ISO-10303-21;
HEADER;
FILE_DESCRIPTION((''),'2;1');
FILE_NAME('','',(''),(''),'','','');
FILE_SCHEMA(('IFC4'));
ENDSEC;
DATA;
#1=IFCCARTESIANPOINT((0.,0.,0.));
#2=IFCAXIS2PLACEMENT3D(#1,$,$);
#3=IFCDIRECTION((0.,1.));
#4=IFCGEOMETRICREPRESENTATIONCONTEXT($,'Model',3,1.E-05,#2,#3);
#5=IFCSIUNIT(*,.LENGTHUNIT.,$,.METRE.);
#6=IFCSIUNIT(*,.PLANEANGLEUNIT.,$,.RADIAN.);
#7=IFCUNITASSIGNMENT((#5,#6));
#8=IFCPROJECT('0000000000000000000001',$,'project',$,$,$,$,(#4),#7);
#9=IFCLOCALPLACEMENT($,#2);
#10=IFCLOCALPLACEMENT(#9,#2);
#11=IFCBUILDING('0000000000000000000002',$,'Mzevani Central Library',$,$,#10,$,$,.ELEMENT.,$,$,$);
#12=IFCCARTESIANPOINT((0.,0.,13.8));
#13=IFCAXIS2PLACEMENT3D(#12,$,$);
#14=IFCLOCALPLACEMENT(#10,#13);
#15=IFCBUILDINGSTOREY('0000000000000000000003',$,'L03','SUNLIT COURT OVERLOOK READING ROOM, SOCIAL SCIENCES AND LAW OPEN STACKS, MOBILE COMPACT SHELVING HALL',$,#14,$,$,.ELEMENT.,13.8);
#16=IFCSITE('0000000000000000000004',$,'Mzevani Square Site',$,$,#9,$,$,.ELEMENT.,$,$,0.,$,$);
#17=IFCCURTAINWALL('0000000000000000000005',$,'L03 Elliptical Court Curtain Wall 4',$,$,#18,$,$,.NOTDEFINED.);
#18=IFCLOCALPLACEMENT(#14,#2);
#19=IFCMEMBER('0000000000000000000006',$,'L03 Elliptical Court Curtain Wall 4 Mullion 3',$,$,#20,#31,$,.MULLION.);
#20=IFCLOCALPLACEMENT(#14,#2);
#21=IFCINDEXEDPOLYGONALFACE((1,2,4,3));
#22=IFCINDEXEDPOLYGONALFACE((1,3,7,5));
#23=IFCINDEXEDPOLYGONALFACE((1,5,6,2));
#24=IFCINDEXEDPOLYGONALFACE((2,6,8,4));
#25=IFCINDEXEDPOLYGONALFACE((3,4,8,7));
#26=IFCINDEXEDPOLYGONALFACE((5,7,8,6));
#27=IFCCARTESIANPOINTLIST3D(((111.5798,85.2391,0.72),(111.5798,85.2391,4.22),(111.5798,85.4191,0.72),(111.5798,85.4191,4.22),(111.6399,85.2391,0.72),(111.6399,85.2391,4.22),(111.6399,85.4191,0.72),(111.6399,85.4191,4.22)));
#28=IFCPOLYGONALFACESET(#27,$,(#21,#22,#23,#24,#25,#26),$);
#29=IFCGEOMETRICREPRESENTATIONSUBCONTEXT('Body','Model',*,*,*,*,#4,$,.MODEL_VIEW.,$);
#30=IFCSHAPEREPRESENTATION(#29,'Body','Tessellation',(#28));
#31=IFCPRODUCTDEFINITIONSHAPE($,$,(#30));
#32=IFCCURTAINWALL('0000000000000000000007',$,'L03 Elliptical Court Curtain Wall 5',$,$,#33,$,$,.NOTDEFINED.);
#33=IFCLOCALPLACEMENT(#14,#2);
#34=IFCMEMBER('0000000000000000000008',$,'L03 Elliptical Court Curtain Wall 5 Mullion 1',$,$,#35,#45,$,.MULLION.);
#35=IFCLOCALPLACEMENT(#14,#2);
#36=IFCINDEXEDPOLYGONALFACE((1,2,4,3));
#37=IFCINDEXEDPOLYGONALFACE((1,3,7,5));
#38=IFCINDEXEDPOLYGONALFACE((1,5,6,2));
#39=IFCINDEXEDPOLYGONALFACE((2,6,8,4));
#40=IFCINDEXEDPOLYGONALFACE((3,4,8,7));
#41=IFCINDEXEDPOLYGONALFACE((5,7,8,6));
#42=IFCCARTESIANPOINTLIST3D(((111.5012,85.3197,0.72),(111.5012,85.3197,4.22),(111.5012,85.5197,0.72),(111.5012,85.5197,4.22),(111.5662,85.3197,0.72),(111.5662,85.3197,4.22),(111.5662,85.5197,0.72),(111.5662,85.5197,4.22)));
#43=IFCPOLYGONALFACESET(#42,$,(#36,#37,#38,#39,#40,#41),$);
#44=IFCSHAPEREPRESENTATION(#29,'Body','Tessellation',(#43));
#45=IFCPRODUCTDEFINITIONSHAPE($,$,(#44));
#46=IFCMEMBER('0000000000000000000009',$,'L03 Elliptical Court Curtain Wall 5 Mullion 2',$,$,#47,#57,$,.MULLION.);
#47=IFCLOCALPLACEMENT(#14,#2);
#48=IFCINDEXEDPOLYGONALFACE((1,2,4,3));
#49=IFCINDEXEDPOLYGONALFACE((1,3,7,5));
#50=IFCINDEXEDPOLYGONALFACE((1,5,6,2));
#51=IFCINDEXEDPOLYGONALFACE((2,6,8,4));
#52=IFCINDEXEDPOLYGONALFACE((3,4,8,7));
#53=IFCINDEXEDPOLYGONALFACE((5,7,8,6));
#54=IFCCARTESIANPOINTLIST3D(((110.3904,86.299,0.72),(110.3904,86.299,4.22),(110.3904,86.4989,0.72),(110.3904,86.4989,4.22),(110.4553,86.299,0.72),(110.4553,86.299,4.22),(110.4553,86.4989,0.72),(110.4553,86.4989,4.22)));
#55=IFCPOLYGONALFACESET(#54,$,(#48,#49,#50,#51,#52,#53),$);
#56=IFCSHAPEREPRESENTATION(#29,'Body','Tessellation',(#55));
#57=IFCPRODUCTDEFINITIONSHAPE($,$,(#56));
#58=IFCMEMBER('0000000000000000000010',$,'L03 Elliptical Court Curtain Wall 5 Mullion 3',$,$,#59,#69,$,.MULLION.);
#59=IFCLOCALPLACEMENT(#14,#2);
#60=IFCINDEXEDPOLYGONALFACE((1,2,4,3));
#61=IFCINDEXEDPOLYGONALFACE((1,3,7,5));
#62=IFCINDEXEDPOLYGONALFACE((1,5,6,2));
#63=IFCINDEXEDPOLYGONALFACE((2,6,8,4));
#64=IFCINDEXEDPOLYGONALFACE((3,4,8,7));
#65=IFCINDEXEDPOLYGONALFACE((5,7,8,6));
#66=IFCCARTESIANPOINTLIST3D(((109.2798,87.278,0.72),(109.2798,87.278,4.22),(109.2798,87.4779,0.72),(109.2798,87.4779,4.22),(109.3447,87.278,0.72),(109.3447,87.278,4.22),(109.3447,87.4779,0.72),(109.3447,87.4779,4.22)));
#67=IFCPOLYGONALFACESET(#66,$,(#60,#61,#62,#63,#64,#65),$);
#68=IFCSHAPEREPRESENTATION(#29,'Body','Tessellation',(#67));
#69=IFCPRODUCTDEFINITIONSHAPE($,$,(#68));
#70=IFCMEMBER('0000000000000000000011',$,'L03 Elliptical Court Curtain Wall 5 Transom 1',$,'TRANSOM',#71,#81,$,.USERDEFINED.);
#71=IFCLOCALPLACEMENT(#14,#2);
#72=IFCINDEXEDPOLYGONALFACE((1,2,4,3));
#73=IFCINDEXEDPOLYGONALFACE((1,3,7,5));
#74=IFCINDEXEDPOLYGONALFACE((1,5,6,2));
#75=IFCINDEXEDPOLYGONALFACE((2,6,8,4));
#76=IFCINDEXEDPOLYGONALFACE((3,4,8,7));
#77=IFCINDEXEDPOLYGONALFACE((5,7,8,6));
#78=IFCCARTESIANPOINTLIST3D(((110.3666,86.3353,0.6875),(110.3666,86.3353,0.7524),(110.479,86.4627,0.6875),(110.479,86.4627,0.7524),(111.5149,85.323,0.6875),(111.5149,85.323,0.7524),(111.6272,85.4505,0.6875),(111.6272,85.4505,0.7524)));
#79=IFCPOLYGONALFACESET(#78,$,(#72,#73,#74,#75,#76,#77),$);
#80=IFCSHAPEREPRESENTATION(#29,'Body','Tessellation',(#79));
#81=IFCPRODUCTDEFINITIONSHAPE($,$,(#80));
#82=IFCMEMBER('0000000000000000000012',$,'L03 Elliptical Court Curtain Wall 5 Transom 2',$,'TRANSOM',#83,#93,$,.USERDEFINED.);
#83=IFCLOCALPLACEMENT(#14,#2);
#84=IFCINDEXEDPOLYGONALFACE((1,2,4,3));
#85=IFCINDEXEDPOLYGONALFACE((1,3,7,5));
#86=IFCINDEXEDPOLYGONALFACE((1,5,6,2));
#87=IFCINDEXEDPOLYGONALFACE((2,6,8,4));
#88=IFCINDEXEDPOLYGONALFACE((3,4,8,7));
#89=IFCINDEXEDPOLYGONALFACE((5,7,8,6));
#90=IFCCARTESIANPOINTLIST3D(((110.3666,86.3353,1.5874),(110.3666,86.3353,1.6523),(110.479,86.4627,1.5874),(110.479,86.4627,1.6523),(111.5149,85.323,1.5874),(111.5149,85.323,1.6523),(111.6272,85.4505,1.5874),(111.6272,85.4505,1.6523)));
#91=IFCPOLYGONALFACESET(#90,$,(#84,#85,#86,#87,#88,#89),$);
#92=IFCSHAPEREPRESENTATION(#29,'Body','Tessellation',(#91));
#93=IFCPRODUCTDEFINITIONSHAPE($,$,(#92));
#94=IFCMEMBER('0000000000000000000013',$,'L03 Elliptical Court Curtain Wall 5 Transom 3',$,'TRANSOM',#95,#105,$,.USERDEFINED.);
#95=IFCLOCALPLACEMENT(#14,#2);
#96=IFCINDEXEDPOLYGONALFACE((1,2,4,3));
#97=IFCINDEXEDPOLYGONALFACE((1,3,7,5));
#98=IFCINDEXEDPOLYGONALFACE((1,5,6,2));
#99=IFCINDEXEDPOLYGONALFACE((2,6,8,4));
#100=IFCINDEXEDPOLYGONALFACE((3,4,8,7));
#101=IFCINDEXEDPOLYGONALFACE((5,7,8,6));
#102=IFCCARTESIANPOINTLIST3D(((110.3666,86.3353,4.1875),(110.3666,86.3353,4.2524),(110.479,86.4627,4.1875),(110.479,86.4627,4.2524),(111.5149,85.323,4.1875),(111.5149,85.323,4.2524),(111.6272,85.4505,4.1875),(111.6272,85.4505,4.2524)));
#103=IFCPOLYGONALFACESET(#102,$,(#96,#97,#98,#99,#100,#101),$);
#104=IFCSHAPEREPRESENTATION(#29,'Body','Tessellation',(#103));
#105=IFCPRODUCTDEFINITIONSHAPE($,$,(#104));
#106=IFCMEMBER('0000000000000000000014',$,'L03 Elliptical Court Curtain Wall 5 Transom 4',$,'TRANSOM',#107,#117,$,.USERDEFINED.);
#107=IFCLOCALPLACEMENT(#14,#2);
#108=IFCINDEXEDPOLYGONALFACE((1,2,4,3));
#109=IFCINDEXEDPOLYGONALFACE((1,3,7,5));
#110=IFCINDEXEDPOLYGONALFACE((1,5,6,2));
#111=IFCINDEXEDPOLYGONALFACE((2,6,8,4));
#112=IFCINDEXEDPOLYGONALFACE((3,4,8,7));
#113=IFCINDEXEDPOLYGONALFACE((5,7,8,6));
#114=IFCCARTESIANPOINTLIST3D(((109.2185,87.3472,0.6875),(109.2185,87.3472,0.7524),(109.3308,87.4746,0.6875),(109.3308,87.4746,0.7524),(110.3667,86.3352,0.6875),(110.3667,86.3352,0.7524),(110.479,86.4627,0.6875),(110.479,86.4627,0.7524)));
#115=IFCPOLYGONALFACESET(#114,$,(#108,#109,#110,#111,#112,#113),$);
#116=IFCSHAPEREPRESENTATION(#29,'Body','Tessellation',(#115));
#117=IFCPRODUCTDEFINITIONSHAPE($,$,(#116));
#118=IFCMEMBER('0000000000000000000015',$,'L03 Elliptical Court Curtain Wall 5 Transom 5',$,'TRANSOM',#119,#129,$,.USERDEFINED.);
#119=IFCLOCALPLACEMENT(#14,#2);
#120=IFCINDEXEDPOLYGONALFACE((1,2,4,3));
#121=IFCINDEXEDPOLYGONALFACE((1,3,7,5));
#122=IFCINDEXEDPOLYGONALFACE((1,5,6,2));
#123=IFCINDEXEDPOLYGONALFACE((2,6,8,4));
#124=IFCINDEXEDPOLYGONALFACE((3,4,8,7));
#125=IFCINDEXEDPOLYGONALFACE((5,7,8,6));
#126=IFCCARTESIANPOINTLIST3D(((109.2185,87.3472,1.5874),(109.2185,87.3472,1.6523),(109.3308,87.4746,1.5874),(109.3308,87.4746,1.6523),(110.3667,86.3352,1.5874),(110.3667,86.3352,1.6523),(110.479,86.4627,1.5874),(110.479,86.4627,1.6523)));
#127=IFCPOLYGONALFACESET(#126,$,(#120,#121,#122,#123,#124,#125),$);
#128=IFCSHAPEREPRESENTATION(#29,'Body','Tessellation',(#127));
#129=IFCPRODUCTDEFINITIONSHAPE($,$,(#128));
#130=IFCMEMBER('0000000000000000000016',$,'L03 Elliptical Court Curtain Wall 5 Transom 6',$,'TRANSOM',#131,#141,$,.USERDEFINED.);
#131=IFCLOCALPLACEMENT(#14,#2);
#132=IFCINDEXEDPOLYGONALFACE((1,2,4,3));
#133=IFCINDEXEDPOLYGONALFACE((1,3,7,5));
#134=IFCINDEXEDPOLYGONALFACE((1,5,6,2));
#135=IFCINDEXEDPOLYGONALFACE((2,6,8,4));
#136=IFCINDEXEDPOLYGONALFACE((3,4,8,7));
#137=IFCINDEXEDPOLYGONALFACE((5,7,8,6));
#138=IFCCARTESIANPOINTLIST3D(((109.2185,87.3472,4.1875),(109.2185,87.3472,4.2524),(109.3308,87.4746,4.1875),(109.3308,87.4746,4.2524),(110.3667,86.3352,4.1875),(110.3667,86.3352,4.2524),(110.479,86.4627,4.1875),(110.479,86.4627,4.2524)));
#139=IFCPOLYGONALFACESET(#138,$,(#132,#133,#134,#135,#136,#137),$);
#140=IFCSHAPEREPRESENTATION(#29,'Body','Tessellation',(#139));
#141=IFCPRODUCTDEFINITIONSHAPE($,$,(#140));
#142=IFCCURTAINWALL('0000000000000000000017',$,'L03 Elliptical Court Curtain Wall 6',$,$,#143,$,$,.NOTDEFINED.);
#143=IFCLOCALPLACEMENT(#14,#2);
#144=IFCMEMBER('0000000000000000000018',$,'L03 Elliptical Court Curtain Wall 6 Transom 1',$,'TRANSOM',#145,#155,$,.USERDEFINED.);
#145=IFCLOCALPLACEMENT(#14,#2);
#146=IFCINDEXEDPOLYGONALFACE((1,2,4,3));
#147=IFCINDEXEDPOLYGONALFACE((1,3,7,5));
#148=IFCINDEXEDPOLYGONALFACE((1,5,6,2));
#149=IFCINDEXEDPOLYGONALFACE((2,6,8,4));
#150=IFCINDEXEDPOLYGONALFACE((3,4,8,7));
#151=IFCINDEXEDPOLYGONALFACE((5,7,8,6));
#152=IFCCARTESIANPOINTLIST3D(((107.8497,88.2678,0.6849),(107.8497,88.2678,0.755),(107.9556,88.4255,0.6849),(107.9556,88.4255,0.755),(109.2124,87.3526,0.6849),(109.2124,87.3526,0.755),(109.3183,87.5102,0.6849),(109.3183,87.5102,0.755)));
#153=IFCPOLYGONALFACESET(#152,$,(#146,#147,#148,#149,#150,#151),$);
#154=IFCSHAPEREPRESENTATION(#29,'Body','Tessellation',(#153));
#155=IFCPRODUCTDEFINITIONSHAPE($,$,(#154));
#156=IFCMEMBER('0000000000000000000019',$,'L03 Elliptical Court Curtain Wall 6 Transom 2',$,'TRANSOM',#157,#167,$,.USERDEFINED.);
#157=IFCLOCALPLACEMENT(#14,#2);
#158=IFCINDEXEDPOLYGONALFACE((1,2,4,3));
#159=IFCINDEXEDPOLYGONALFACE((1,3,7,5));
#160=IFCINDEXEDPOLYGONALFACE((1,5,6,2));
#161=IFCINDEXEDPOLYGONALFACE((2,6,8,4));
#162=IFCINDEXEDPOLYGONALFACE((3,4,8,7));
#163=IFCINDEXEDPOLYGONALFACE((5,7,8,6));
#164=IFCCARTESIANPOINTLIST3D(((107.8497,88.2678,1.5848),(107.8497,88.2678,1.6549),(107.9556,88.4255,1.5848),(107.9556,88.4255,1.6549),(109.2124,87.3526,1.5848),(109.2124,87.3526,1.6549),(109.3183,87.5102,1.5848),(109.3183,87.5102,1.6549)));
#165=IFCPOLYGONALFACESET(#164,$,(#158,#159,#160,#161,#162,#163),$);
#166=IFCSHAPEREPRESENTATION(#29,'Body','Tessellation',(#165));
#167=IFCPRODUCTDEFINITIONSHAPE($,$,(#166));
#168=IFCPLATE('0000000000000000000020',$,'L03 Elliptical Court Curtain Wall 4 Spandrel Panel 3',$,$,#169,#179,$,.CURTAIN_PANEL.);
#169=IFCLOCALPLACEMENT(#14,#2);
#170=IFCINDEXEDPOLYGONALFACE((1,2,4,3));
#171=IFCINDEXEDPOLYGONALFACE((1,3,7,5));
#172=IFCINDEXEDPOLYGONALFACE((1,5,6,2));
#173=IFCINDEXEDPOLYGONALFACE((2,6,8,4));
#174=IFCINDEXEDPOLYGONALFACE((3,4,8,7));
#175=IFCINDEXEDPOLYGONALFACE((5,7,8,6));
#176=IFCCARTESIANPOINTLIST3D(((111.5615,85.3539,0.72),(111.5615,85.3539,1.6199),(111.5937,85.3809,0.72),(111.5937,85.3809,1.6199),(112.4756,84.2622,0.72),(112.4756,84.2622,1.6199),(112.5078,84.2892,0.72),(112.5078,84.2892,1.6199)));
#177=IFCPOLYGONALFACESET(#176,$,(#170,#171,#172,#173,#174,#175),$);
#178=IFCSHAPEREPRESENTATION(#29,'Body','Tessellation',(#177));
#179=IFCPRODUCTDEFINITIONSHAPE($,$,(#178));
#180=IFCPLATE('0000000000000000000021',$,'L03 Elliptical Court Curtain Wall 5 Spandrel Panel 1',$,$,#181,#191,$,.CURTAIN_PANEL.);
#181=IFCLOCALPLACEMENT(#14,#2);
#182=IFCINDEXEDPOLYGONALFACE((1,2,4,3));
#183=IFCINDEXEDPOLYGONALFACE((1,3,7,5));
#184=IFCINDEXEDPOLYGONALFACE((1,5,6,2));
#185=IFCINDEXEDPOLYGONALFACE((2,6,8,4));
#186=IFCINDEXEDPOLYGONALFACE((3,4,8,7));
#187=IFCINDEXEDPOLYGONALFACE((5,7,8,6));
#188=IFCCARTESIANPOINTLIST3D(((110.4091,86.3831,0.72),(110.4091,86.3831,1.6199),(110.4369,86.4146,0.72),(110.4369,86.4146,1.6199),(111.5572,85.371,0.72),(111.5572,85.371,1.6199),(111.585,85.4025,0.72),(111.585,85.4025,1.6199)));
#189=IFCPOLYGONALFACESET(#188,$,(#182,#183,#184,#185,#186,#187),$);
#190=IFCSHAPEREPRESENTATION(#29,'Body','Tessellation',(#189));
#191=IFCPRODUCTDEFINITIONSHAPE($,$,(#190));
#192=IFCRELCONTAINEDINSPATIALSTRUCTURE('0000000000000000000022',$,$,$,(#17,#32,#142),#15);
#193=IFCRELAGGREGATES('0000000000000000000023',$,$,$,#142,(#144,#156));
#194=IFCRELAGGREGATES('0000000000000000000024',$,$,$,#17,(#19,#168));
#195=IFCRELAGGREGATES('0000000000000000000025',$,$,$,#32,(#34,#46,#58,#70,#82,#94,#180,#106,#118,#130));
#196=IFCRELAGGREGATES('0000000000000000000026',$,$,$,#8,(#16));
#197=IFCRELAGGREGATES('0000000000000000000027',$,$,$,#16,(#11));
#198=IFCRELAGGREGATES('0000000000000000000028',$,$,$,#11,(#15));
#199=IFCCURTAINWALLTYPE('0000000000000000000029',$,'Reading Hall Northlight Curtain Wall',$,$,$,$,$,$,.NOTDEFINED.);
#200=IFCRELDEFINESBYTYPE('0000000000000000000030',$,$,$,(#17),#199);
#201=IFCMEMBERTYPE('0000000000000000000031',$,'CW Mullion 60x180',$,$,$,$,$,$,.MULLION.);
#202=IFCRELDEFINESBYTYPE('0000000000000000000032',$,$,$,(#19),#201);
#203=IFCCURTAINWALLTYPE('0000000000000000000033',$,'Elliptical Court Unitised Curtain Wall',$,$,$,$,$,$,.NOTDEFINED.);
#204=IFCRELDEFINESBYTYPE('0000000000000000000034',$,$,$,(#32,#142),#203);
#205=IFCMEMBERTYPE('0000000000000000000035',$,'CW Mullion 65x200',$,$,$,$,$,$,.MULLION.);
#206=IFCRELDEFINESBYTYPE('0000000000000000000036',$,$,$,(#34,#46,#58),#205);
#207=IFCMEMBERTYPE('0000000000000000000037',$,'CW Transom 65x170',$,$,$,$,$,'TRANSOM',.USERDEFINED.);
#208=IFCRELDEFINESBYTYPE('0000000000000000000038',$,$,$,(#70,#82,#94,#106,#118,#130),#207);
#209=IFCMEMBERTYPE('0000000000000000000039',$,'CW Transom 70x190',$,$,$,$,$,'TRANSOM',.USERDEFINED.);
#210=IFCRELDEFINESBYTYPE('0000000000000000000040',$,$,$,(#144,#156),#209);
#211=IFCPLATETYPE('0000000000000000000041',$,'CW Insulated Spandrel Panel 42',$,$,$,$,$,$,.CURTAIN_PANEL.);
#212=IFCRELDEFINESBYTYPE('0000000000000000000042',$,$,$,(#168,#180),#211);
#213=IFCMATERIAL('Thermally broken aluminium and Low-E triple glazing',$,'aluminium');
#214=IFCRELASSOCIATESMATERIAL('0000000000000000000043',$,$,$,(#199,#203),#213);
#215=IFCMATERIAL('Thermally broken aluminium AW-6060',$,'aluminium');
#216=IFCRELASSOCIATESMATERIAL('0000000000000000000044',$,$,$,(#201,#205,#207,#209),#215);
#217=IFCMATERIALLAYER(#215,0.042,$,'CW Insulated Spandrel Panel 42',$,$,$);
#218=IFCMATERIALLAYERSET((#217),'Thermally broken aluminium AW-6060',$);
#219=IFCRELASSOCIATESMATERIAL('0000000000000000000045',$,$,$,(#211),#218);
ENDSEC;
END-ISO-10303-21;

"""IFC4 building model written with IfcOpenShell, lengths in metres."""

from ifc_helpers import new_model, si_unit, direction, frame, origin, origin_2d, place, context, subcontext, project, spatial, rectangle, extrude, material, layer, layer_set, material_profile, profile_set, type_object, element, aggregate, save


model = new_model("IFC4")

# Units and contexts
model_context = context("Model", 3, precision=1e-05, world=origin(), true_north=direction((0.0, 1.0)))
body_context = subcontext(model_context, "Body", "Model", "MODEL_VIEW")
ifc_project = project(units=[si_unit("LENGTHUNIT", "METRE"), si_unit("PLANEANGLEUNIT", "RADIAN")], contexts=[model_context])

# Site, building, storey
site_placement = place(None, origin())
site = spatial("IfcSite", under=ifc_project, at=site_placement, Name="Mzevani Square Site", CompositionType="ELEMENT", RefElevation=0.0)
building_placement = place(site_placement, origin())
building = spatial("IfcBuilding", under=site, at=building_placement, Name="Mzevani Central Library", CompositionType="ELEMENT")
storey_placement = place(building_placement, frame((0.0, 0.0, 13.8)))
storey = spatial("IfcBuildingStorey", under=building, at=storey_placement, Name="L03", Description="SUNLIT COURT OVERLOOK READING ROOM, SOCIAL SCIENCES AND LAW OPEN STACKS, MOBILE COMPACT SHELVING HALL", CompositionType="ELEMENT", Elevation=13.8)

# Curtain wall, member
ifc_material_1 = material(Name="Thermally broken aluminium and Low-E triple glazing", Category="aluminium")
curtain_wall_type_1 = type_object("IfcCurtainWallType", Name="Reading Hall Northlight Curtain Wall", PredefinedType="NOTDEFINED", material=ifc_material_1)
curtain_wall_1_placement = place(storey_placement, origin())
curtain_wall_1 = element("IfcCurtainWall", 1, at=curtain_wall_1_placement, inside=storey, type_object=curtain_wall_type_1, Name="L03 Elliptical Court Curtain Wall 4", PredefinedType="NOTDEFINED")
ifc_material_2 = material(Name="Thermally broken aluminium AW-6060", Category="aluminium")
ifc_material_profile_1 = material_profile(ifc_material_2, rectangle(XDim=0.0601, YDim=0.1799, at=origin_2d()), Name="ALU M60x180")
ifc_profile_set_1 = profile_set([ifc_material_profile_1], Name="Thermally broken aluminium AW-6060")
member_type_1 = type_object("IfcMemberType", Name="CW Mullion 60x180", PredefinedType="MULLION", material=ifc_profile_set_1)
member_1_placement = place(storey_placement, frame((111.6099, 85.3291, 0.72), z_axis=(0.0, 0.0, 1.0), x_axis=(1.0, 0.0, 0.0)))
member_1 = element("IfcMember", 2, at=member_1_placement, type_object=member_type_1, Name="L03 Elliptical Court Curtain Wall 4 Mullion 3", PredefinedType="MULLION", context=body_context, shape_type="SweptSolid", body=[
    extrude(rectangle(XDim=0.0601, YDim=0.1799, at=origin_2d()), origin(), (0.0, 0.0, 1.0), 3.5),
])

# Curtain walls, members
curtain_wall_type_2 = type_object("IfcCurtainWallType", Name="Elliptical Court Unitised Curtain Wall", PredefinedType="NOTDEFINED", material=ifc_material_1)
curtain_wall_2_placement = place(storey_placement, origin())
curtain_wall_2 = element("IfcCurtainWall", 3, at=curtain_wall_2_placement, inside=storey, type_object=curtain_wall_type_2, Name="L03 Elliptical Court Curtain Wall 5", PredefinedType="NOTDEFINED")
ifc_material_profile_2 = material_profile(ifc_material_2, rectangle(XDim=0.0649, YDim=0.2, at=origin_2d()), Name="ALU M65x200")
ifc_profile_set_2 = profile_set([ifc_material_profile_2], Name="Thermally broken aluminium AW-6060")
member_type_2 = type_object("IfcMemberType", Name="CW Mullion 65x200", PredefinedType="MULLION", material=ifc_profile_set_2)
member_2_placement = place(storey_placement, frame((111.5337, 85.4197, 0.72), z_axis=(0.0, 0.0, 1.0), x_axis=(1.0, 0.0, 0.0)))
member_2 = element("IfcMember", 4, at=member_2_placement, type_object=member_type_2, Name="L03 Elliptical Court Curtain Wall 5 Mullion 1", PredefinedType="MULLION", context=body_context, shape_type="SweptSolid", body=[
    extrude(rectangle(XDim=0.0649, YDim=0.2, at=origin_2d()), origin(), (0.0, 0.0, 1.0), 3.5),
])
member_3_placement = place(storey_placement, frame((110.4229, 86.3989, 0.72), z_axis=(0.0, 0.0, 1.0), x_axis=(1.0, 0.0, 0.0)))
member_3 = element("IfcMember", 5, at=member_3_placement, type_object=member_type_2, Name="L03 Elliptical Court Curtain Wall 5 Mullion 2", PredefinedType="MULLION", context=body_context, shape_type="SweptSolid", body=[
    extrude(rectangle(XDim=0.0649, YDim=0.2, at=origin_2d()), origin(), (0.0, 0.0, 1.0), 3.5),
])
member_4_placement = place(storey_placement, frame((109.3123, 87.3779, 0.72), z_axis=(0.0, 0.0, 1.0), x_axis=(1.0, 0.0, 0.0)))
member_4 = element("IfcMember", 6, at=member_4_placement, type_object=member_type_2, Name="L03 Elliptical Court Curtain Wall 5 Mullion 3", PredefinedType="MULLION", context=body_context, shape_type="SweptSolid", body=[
    extrude(rectangle(XDim=0.0649, YDim=0.2, at=origin_2d()), origin(), (0.0, 0.0, 1.0), 3.5),
])
ifc_material_profile_3 = material_profile(ifc_material_2, rectangle(XDim=0.1699, YDim=0.0649, at=origin_2d()), Name="ALU T65x170")
ifc_profile_set_3 = profile_set([ifc_material_profile_3], Name="Thermally broken aluminium AW-6060")
member_type_3 = type_object("IfcMemberType", Name="CW Transom 65x170", ElementType="TRANSOM", PredefinedType="USERDEFINED", material=ifc_profile_set_3)
member_5_placement = place(storey_placement, frame((111.571, 85.3867, 0.72), z_axis=(-0.750131, 0.661289, 0.0), x_axis=(-0.661289, -0.750131, 0.0)))
member_5 = element("IfcMember", 7, at=member_5_placement, type_object=member_type_3, Name="L03 Elliptical Court Curtain Wall 5 Transom 1", ObjectType="TRANSOM", PredefinedType="USERDEFINED", context=body_context, shape_type="SweptSolid", body=[
    extrude(rectangle(XDim=0.1699, YDim=0.0649, at=origin_2d()), origin(), (0.0, 0.0, 1.0), 1.5308),
])
member_6_placement = place(storey_placement, frame((111.571, 85.3867, 1.6199), z_axis=(-0.750131, 0.661289, 0.0), x_axis=(-0.661289, -0.750131, 0.0)))
member_6 = element("IfcMember", 8, at=member_6_placement, type_object=member_type_3, Name="L03 Elliptical Court Curtain Wall 5 Transom 2", ObjectType="TRANSOM", PredefinedType="USERDEFINED", context=body_context, shape_type="SweptSolid", body=[
    extrude(rectangle(XDim=0.1699, YDim=0.0649, at=origin_2d()), origin(), (0.0, 0.0, 1.0), 1.5308),
])
member_7_placement = place(storey_placement, frame((111.571, 85.3867, 4.22), z_axis=(-0.750131, 0.661289, 0.0), x_axis=(-0.661289, -0.750131, 0.0)))
member_7 = element("IfcMember", 9, at=member_7_placement, type_object=member_type_3, Name="L03 Elliptical Court Curtain Wall 5 Transom 3", ObjectType="TRANSOM", PredefinedType="USERDEFINED", context=body_context, shape_type="SweptSolid", body=[
    extrude(rectangle(XDim=0.1699, YDim=0.0649, at=origin_2d()), origin(), (0.0, 0.0, 1.0), 1.5308),
])
member_8_placement = place(storey_placement, frame((110.4229, 86.3989, 0.72), z_axis=(-0.75021, 0.661199, 0.0), x_axis=(-0.661199, -0.75021, 0.0)))
member_8 = element("IfcMember", 10, at=member_8_placement, type_object=member_type_3, Name="L03 Elliptical Court Curtain Wall 5 Transom 4", ObjectType="TRANSOM", PredefinedType="USERDEFINED", context=body_context, shape_type="SweptSolid", body=[
    extrude(rectangle(XDim=0.1699, YDim=0.0649, at=origin_2d()), origin(), (0.0, 0.0, 1.0), 1.5305),
])
member_9_placement = place(storey_placement, frame((110.4229, 86.3989, 1.6199), z_axis=(-0.75021, 0.661199, 0.0), x_axis=(-0.661199, -0.75021, 0.0)))
member_9 = element("IfcMember", 11, at=member_9_placement, type_object=member_type_3, Name="L03 Elliptical Court Curtain Wall 5 Transom 5", ObjectType="TRANSOM", PredefinedType="USERDEFINED", context=body_context, shape_type="SweptSolid", body=[
    extrude(rectangle(XDim=0.1699, YDim=0.0649, at=origin_2d()), origin(), (0.0, 0.0, 1.0), 1.5305),
])
member_10_placement = place(storey_placement, frame((110.4229, 86.3989, 4.22), z_axis=(-0.75021, 0.661199, 0.0), x_axis=(-0.661199, -0.75021, 0.0)))
member_10 = element("IfcMember", 12, at=member_10_placement, type_object=member_type_3, Name="L03 Elliptical Court Curtain Wall 5 Transom 6", ObjectType="TRANSOM", PredefinedType="USERDEFINED", context=body_context, shape_type="SweptSolid", body=[
    extrude(rectangle(XDim=0.1699, YDim=0.0649, at=origin_2d()), origin(), (0.0, 0.0, 1.0), 1.5305),
])
curtain_wall_3_placement = place(storey_placement, origin())
curtain_wall_3 = element("IfcCurtainWall", 13, at=curtain_wall_3_placement, inside=storey, type_object=curtain_wall_type_2, Name="L03 Elliptical Court Curtain Wall 6", PredefinedType="NOTDEFINED")
ifc_material_profile_4 = material_profile(ifc_material_2, rectangle(XDim=0.1899, YDim=0.0701, at=origin_2d()), Name="ALU T70x190")
ifc_profile_set_4 = profile_set([ifc_material_profile_4], Name="Thermally broken aluminium AW-6060")
member_type_4 = type_object("IfcMemberType", Name="CW Transom 70x190", ElementType="TRANSOM", PredefinedType="USERDEFINED", material=ifc_profile_set_4)
member_11_placement = place(storey_placement, frame((109.2654, 87.4314, 0.72), z_axis=(-0.830146, 0.557545, 0.0), x_axis=(-0.557545, -0.830146, 0.0)))
member_11 = element("IfcMember", 14, at=member_11_placement, type_object=member_type_4, Name="L03 Elliptical Court Curtain Wall 6 Transom 1", ObjectType="TRANSOM", PredefinedType="USERDEFINED", context=body_context, shape_type="SweptSolid", body=[
    extrude(rectangle(XDim=0.1899, YDim=0.0701, at=origin_2d()), origin(), (0.0, 0.0, 1.0), 1.6416),
])
member_12_placement = place(storey_placement, frame((109.2654, 87.4314, 1.6199), z_axis=(-0.830146, 0.557545, 0.0), x_axis=(-0.557545, -0.830146, 0.0)))
member_12 = element("IfcMember", 15, at=member_12_placement, type_object=member_type_4, Name="L03 Elliptical Court Curtain Wall 6 Transom 2", ObjectType="TRANSOM", PredefinedType="USERDEFINED", context=body_context, shape_type="SweptSolid", body=[
    extrude(rectangle(XDim=0.1899, YDim=0.0701, at=origin_2d()), origin(), (0.0, 0.0, 1.0), 1.6416),
])
aggregate(curtain_wall_3, [member_11, member_12])

# Plates
ifc_layer_1 = layer(ifc_material_2, 0.042, Name="CW Insulated Spandrel Panel 42")
ifc_layer_set_1 = layer_set([ifc_layer_1], Name="Thermally broken aluminium AW-6060")
plate_type_1 = type_object("IfcPlateType", Name="CW Insulated Spandrel Panel 42", PredefinedType="CURTAIN_PANEL", material=ifc_layer_set_1)
plate_1_placement = place(storey_placement, frame((112.0347, 84.8215, 0.72), z_axis=(0.0, 0.0, 1.0), x_axis=(-0.641969, 0.766731, 0.0)))
plate_1 = element("IfcPlate", 16, at=plate_1_placement, type_object=plate_type_1, Name="L03 Elliptical Court Curtain Wall 4 Spandrel Panel 3", PredefinedType="CURTAIN_PANEL", context=body_context, shape_type="SweptSolid", body=[
    extrude(rectangle(XDim=1.4238, YDim=0.042, at=origin_2d()), origin(), (0.0, 0.0, 1.0), 0.8999),
])
plate_2_placement = place(storey_placement, frame((110.9971, 85.8928, 0.72), z_axis=(0.0, 0.0, 1.0), x_axis=(-0.750151, 0.661266, 0.0)))
plate_2 = element("IfcPlate", 17, at=plate_2_placement, type_object=plate_type_1, Name="L03 Elliptical Court Curtain Wall 5 Spandrel Panel 1", PredefinedType="CURTAIN_PANEL", context=body_context, shape_type="SweptSolid", body=[
    extrude(rectangle(XDim=1.5305, YDim=0.042, at=origin_2d()), origin(), (0.0, 0.0, 1.0), 0.8999),
])
aggregate(curtain_wall_1, [member_1, plate_1])
aggregate(curtain_wall_2, [member_2, member_3, member_4, member_5, member_6, member_7, plate_2, member_8, member_9, member_10])

save(model, "model.ifc")
